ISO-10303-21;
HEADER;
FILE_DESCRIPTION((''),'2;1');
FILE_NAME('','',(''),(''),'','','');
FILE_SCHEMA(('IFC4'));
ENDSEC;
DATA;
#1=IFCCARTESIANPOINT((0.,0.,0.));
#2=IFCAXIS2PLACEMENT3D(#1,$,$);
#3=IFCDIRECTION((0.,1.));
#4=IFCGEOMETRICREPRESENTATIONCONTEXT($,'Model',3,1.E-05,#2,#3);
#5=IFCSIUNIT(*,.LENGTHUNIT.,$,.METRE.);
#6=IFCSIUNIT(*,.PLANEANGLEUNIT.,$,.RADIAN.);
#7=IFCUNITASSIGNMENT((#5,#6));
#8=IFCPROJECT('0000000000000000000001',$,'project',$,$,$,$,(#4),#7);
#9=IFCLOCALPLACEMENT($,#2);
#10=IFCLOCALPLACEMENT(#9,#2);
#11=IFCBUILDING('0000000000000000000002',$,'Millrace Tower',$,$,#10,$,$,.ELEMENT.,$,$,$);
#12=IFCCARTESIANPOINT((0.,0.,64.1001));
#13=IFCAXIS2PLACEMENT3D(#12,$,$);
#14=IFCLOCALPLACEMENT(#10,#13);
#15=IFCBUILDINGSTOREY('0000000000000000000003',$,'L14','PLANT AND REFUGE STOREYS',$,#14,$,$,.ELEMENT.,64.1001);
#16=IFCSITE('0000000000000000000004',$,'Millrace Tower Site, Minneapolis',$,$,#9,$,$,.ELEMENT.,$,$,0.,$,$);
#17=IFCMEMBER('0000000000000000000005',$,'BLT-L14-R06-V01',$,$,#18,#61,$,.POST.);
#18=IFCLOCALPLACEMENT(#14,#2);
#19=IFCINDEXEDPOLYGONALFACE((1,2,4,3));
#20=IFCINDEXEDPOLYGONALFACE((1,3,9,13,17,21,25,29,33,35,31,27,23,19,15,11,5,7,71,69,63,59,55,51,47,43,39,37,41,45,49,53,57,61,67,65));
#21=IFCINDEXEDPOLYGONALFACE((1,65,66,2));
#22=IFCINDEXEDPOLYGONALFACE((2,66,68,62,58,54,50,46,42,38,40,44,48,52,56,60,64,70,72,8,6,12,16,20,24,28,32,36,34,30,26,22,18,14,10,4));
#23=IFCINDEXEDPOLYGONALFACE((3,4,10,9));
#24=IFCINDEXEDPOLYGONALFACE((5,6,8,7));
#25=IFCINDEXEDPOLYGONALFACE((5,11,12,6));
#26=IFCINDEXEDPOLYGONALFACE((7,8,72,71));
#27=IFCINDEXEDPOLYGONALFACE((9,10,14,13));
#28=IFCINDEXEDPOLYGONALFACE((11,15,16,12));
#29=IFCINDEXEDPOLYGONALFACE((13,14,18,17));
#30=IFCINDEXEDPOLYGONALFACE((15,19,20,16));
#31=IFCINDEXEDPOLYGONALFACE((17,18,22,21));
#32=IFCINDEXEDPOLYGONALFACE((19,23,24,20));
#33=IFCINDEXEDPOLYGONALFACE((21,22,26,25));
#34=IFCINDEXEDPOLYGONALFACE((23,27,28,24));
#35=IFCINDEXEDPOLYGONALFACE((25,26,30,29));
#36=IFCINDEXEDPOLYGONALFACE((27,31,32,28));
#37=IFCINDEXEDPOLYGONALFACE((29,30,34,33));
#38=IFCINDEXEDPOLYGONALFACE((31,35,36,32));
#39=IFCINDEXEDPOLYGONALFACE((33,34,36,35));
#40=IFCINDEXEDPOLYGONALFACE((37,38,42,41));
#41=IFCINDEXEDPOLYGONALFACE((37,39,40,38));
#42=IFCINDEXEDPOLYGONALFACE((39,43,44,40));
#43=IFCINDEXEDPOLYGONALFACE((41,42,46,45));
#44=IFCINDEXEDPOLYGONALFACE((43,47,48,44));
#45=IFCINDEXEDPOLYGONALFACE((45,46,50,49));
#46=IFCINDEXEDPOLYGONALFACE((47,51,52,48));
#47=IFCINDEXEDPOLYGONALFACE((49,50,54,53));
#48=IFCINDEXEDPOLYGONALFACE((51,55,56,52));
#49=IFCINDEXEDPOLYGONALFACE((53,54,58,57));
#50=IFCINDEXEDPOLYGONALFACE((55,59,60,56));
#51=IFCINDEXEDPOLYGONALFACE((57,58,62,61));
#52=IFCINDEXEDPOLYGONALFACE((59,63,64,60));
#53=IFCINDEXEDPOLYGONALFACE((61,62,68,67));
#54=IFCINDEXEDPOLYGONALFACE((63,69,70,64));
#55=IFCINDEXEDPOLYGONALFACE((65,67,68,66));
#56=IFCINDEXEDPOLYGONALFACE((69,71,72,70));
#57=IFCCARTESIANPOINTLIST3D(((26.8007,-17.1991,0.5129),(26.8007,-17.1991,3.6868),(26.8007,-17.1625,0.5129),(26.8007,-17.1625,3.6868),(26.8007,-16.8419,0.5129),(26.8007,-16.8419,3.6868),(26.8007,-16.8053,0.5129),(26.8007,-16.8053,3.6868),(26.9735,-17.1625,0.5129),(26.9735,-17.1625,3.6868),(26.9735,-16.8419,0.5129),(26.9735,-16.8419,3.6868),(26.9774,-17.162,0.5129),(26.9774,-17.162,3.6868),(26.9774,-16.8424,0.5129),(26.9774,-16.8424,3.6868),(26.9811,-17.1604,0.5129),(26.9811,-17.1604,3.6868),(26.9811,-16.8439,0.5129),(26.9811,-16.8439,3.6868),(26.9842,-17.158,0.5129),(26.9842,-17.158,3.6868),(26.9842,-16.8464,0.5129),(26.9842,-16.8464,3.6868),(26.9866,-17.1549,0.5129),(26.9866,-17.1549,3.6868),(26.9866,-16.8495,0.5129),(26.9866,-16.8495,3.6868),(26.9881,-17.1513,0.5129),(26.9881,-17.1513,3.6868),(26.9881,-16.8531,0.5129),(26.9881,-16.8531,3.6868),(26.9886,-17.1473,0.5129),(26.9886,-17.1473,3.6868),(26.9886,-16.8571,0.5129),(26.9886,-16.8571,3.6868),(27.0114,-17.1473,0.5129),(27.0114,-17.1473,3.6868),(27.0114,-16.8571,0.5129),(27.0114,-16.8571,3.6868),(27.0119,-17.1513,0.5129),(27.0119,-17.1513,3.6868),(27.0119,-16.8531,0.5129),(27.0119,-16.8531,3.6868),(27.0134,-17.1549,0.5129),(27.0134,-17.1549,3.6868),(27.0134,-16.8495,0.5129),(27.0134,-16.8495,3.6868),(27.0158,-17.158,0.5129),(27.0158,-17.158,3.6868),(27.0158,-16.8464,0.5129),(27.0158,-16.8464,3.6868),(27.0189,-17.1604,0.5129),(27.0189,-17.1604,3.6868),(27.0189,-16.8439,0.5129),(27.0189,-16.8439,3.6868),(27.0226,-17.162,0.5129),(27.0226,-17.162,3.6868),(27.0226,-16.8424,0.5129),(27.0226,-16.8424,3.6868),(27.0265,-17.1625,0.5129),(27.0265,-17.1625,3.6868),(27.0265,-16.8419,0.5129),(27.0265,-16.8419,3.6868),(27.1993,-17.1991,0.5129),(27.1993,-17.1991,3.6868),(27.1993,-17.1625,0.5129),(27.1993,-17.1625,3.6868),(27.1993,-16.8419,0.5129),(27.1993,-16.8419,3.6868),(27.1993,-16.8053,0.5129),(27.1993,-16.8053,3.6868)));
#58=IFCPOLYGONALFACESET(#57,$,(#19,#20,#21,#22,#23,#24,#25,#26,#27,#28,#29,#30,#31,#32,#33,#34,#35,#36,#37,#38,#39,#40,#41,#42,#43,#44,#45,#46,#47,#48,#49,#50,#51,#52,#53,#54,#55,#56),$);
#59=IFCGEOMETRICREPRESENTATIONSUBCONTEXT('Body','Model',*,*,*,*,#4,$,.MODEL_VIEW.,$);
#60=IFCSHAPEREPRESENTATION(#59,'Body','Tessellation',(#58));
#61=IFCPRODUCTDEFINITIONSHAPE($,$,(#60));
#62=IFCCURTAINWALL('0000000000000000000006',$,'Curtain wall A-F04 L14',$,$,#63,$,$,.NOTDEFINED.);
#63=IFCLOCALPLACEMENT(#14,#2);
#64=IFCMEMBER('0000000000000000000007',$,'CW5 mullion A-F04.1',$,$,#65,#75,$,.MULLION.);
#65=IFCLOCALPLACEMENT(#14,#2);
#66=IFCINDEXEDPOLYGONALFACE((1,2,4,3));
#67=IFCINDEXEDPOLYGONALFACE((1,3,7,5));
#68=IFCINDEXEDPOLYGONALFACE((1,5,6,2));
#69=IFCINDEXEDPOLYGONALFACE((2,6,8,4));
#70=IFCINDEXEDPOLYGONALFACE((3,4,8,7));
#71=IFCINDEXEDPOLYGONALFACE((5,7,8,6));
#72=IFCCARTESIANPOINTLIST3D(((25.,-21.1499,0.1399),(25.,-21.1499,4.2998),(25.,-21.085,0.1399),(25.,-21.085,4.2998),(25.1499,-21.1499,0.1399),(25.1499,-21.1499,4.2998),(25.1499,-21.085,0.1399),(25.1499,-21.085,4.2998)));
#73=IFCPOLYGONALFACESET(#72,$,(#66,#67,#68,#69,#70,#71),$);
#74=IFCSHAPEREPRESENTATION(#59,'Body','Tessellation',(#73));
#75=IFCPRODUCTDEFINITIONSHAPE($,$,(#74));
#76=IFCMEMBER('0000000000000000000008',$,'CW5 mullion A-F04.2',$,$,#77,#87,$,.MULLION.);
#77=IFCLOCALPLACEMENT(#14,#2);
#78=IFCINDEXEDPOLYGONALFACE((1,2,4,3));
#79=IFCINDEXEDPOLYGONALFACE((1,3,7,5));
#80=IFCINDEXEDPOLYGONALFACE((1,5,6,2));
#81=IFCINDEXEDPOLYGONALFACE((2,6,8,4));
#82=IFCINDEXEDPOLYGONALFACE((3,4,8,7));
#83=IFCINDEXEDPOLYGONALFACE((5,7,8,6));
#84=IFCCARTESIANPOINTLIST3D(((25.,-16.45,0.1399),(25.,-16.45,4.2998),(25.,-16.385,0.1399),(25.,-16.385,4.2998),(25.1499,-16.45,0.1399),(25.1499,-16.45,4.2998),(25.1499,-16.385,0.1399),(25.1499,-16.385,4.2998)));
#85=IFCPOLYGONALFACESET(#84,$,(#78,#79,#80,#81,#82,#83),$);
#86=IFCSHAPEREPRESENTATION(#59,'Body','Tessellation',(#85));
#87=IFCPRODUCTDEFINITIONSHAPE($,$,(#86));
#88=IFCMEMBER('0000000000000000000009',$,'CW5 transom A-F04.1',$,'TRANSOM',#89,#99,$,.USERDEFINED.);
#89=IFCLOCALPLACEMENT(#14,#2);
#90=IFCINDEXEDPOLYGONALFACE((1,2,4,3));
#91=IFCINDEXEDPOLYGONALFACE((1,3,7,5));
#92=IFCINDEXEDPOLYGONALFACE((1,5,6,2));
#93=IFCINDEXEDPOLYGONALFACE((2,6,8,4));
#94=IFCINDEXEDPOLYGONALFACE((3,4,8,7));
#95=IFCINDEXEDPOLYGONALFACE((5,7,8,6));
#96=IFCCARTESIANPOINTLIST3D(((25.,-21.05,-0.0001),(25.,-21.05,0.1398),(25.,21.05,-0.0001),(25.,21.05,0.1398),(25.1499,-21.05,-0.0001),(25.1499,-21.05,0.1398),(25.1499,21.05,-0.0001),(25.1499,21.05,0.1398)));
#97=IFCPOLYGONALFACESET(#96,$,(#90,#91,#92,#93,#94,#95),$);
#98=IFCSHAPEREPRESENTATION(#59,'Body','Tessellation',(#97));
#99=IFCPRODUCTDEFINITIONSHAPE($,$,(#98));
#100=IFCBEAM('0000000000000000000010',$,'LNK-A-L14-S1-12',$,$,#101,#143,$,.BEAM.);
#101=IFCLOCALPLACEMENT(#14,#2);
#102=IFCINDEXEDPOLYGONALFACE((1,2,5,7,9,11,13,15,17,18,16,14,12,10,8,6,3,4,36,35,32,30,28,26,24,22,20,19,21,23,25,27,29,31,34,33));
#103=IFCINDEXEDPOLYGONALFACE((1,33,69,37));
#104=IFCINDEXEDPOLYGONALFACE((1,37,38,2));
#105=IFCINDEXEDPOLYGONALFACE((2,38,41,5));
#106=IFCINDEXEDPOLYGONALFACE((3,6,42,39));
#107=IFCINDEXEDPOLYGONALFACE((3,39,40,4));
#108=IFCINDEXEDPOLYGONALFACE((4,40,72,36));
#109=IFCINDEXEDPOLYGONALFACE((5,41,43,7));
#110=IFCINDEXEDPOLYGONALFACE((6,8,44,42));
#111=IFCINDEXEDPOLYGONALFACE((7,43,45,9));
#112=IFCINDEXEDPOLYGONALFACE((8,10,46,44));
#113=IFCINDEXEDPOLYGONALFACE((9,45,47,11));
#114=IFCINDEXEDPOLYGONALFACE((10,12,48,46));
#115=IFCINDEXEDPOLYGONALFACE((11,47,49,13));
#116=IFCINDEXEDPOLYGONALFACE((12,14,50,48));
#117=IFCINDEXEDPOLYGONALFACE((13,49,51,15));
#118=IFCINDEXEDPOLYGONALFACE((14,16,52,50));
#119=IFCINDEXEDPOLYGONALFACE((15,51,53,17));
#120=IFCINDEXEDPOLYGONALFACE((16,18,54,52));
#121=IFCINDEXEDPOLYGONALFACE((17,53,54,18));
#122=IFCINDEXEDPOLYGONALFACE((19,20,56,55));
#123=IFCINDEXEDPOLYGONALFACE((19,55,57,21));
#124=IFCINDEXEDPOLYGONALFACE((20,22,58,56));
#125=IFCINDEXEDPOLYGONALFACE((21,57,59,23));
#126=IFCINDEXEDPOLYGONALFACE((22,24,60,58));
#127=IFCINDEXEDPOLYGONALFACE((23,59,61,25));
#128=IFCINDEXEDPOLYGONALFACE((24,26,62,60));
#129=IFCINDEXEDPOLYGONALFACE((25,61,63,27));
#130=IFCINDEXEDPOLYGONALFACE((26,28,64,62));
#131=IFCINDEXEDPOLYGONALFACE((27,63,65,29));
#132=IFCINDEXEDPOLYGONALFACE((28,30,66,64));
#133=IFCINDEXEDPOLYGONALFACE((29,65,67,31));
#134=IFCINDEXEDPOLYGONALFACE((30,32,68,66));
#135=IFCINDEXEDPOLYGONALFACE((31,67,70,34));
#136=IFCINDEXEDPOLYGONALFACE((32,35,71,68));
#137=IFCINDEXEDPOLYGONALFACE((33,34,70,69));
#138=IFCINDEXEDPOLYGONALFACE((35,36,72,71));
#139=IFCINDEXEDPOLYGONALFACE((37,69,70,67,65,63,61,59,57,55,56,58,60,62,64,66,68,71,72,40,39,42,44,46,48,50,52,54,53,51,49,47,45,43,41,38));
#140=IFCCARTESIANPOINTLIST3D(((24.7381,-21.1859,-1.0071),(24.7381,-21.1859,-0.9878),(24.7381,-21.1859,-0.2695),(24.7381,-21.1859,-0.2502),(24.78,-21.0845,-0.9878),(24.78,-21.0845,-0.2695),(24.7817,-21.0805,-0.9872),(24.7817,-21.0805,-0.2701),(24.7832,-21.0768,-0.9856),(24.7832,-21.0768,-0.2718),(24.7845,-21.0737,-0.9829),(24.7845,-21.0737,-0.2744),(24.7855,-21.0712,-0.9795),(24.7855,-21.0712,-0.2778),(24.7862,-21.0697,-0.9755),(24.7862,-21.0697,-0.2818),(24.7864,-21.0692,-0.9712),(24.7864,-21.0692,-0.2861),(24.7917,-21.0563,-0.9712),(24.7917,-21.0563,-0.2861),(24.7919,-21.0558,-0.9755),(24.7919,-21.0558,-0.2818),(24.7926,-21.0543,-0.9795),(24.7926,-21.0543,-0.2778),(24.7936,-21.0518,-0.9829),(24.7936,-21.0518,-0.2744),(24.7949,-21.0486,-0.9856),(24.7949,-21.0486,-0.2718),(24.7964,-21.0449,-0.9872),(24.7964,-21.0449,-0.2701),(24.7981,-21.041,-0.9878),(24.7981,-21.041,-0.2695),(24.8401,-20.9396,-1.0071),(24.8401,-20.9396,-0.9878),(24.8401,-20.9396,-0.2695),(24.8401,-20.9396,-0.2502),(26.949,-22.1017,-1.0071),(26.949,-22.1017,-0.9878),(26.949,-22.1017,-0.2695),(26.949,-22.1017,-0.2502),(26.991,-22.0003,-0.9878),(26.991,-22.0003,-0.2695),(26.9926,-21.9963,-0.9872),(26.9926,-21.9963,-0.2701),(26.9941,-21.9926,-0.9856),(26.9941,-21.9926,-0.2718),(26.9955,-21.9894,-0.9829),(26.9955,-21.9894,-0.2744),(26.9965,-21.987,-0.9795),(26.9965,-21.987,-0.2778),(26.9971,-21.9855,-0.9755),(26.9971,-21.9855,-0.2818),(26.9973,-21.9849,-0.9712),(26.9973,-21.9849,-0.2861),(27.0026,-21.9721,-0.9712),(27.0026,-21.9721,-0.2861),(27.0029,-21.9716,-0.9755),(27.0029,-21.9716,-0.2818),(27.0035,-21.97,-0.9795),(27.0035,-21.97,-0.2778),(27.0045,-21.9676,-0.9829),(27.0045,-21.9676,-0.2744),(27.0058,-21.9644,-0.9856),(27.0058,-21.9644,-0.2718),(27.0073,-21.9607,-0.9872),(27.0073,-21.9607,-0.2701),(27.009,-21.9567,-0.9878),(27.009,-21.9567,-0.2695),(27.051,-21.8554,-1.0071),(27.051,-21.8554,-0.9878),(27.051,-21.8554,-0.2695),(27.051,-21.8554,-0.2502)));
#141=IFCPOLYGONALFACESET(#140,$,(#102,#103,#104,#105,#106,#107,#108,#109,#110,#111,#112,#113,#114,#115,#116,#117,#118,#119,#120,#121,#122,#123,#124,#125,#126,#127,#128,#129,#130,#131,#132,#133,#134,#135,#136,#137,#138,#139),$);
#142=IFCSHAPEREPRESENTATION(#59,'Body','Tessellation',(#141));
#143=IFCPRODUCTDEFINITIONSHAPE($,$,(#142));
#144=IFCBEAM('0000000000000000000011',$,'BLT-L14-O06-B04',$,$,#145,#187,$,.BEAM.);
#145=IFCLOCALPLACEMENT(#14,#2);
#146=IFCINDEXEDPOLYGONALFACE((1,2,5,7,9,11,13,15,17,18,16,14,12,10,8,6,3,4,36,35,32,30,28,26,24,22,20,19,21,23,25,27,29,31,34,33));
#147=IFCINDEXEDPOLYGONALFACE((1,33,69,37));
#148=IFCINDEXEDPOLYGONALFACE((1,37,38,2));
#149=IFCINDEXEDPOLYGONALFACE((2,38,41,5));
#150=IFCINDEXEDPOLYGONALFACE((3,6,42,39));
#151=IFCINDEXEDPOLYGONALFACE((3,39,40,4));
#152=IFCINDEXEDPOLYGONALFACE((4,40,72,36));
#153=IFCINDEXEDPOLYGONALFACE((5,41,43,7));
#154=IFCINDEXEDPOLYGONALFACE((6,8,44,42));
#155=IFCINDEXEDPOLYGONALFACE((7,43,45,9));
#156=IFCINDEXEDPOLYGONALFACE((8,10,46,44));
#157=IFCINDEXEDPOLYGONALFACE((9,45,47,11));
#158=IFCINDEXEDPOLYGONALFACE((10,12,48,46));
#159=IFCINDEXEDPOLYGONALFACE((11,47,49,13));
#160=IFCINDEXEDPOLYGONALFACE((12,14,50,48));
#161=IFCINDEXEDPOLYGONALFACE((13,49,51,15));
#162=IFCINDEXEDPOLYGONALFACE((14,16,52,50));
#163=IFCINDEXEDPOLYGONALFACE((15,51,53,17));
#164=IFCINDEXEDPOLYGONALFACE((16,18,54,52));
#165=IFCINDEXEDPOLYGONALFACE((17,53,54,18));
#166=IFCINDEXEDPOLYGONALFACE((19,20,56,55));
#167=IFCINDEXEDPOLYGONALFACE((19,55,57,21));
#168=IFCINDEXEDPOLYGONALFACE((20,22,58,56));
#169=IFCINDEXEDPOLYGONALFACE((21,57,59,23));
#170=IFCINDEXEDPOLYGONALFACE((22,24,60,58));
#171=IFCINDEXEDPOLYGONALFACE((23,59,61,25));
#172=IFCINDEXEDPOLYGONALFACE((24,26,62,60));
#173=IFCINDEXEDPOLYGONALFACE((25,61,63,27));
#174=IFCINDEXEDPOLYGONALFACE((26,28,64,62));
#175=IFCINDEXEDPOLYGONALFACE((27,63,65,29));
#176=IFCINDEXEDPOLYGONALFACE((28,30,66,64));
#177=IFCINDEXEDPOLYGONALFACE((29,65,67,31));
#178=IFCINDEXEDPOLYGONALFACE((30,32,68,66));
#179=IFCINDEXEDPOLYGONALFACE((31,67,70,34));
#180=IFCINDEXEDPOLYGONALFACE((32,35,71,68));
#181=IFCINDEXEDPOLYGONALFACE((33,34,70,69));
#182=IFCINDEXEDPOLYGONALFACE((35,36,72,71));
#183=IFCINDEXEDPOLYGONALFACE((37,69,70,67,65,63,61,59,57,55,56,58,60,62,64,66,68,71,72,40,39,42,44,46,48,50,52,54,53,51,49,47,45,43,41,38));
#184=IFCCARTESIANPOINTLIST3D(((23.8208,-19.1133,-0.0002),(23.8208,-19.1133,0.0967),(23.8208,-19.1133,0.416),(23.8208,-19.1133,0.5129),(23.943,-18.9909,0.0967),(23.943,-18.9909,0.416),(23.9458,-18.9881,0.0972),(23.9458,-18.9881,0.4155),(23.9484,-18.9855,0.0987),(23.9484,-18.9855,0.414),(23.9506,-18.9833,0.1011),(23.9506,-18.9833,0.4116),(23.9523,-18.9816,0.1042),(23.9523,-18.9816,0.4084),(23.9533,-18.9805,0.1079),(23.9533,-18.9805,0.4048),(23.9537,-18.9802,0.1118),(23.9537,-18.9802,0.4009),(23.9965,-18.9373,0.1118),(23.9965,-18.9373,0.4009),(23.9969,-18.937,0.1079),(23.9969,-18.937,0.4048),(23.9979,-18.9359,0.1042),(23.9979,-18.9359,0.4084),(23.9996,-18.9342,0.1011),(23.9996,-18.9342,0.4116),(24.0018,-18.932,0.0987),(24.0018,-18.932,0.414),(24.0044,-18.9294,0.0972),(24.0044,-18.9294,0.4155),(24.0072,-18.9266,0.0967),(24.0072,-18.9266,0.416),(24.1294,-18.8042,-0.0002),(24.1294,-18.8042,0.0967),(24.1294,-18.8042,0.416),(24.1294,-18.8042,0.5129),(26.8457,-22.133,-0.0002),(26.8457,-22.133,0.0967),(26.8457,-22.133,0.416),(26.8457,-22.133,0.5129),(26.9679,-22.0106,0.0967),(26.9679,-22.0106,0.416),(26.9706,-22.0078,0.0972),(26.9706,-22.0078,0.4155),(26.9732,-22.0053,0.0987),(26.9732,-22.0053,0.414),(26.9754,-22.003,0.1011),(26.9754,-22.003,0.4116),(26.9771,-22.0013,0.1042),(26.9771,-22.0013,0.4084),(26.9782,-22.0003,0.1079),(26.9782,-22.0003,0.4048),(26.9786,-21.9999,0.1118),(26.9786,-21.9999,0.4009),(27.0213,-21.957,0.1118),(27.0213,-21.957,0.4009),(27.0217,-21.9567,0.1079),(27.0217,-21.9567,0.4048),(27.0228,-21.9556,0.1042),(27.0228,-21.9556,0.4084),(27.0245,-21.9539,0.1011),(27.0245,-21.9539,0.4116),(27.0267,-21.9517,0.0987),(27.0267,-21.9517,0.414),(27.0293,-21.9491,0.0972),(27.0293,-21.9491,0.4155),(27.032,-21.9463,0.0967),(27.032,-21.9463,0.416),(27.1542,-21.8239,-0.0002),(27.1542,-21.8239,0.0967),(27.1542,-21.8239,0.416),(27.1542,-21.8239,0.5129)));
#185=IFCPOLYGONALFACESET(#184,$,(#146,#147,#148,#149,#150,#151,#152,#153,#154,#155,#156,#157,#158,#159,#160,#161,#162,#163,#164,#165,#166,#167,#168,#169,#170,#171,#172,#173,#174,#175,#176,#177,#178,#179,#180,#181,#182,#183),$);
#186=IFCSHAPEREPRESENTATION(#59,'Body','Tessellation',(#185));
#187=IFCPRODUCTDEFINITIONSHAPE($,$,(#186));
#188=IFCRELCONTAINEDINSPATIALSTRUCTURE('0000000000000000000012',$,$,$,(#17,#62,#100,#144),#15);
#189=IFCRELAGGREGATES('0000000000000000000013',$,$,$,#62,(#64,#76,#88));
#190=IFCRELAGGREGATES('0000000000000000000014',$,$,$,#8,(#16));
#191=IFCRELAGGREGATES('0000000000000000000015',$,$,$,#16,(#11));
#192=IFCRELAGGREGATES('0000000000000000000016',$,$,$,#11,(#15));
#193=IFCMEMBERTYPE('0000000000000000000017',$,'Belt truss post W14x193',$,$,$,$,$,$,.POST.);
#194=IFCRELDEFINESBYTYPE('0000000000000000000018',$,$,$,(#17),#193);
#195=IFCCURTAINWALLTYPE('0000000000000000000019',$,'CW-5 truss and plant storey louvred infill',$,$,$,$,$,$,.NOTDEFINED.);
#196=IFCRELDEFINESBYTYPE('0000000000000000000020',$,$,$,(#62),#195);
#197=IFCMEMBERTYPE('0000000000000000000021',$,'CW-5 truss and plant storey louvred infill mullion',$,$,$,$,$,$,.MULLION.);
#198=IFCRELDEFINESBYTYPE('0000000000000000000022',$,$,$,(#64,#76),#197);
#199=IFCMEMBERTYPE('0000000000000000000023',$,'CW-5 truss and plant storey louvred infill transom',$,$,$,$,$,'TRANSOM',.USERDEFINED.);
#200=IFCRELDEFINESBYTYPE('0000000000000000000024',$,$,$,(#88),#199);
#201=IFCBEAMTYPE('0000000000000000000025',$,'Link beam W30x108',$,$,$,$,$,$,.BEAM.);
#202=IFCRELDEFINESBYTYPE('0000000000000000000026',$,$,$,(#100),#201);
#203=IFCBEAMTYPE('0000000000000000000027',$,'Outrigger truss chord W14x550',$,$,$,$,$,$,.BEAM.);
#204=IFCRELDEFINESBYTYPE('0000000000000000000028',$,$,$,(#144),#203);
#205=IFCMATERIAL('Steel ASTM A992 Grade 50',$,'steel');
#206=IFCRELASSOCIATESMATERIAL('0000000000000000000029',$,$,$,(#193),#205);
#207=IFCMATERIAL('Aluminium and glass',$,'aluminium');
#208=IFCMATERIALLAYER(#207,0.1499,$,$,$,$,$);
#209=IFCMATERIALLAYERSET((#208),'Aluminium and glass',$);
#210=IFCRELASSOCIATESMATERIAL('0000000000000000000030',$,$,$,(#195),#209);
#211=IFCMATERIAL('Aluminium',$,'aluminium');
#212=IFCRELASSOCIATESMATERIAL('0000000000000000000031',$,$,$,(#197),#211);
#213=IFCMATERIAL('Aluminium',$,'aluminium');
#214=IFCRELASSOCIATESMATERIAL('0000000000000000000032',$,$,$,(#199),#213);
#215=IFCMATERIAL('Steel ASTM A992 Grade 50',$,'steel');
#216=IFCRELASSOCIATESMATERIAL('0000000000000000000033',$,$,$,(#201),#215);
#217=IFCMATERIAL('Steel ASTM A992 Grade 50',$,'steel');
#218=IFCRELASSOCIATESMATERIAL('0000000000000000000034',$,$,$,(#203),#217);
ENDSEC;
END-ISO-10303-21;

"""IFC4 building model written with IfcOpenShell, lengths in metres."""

from ifc_helpers import new_model, si_unit, direction, frame, origin, origin_2d, place, context, subcontext, project, spatial, rectangle, i_section, extrude, material, layer, layer_set, material_profile, profile_set, type_object, element, aggregate, save


model = new_model("IFC4")

# Units and contexts
model_context = context("Model", 3, precision=1e-05, world=origin(), true_north=direction((0.0, 1.0)))
body_context = subcontext(model_context, "Body", "Model", "MODEL_VIEW")
ifc_project = project(units=[si_unit("LENGTHUNIT", "METRE"), si_unit("PLANEANGLEUNIT", "RADIAN")], contexts=[model_context])

# Site, building, storey
site_placement = place(None, origin())
site = spatial("IfcSite", under=ifc_project, at=site_placement, Name="Millrace Tower Site, Minneapolis", CompositionType="ELEMENT", RefElevation=0.0)
building_placement = place(site_placement, origin())
building = spatial("IfcBuilding", under=site, at=building_placement, Name="Millrace Tower", CompositionType="ELEMENT")
storey_placement = place(building_placement, frame((0.0, 0.0, 64.1001)))
storey = spatial("IfcBuildingStorey", under=building, at=storey_placement, Name="L14", Description="PLANT AND REFUGE STOREYS", CompositionType="ELEMENT", Elevation=64.1001)

# Member
ifc_material_1 = material(Name="Steel ASTM A992 Grade 50", Category="steel")
ifc_material_profile_1 = material_profile(ifc_material_1, i_section(OverallWidth=0.3987, OverallDepth=0.3938, WebThickness=0.0227, FlangeThickness=0.0366, FilletRadius=0.0151, at=origin_2d()))
ifc_profile_set_1 = profile_set([ifc_material_profile_1], Name="Steel ASTM A992 Grade 50")
member_type_1 = type_object("IfcMemberType", Name="Belt truss post W14x193", PredefinedType="POST", material=ifc_profile_set_1)
for number, where, z_axis, x_axis, name in (
    (1, (27.0, -17.0022, 0.5129), (0.0, 0.0, 1.0), (1.0, 0.0, 0.0), "BLT-L14-R06-V01"),
):
    element("IfcMember", number, at=place(storey_placement, frame(where, z_axis=z_axis, x_axis=x_axis)), inside=storey, type_object=member_type_1, Name=name, PredefinedType="POST", context=body_context, shape_type="SweptSolid", body=[
        extrude(i_section(OverallWidth=0.3987, OverallDepth=0.3938, WebThickness=0.0227, FlangeThickness=0.0366, FilletRadius=0.0151, at=origin_2d()), origin(), (0.0, 0.0, 1.0), 3.1738),
    ])

# Curtain wall, members
ifc_material_2 = material(Name="Aluminium and glass", Category="aluminium")
ifc_layer_1 = layer(ifc_material_2, 0.1499)
ifc_layer_set_1 = layer_set([ifc_layer_1], Name="Aluminium and glass")
curtain_wall_type = type_object("IfcCurtainWallType", Name="CW-5 truss and plant storey louvred infill", PredefinedType="NOTDEFINED", material=ifc_layer_set_1)
curtain_wall_placement = place(storey_placement, origin())
curtain_wall = element("IfcCurtainWall", 2, at=curtain_wall_placement, inside=storey, type_object=curtain_wall_type, Name="Curtain wall A-F04 L14", PredefinedType="NOTDEFINED")
ifc_material_3 = material(Name="Aluminium", Category="aluminium")
ifc_material_profile_2 = material_profile(ifc_material_3, rectangle(XDim=0.0649, YDim=0.1499, at=origin_2d()))
ifc_profile_set_2 = profile_set([ifc_material_profile_2], Name="Aluminium")
member_type_2 = type_object("IfcMemberType", Name="CW-5 truss and plant storey louvred infill mullion", PredefinedType="MULLION", material=ifc_profile_set_2)
member_1_placement = place(storey_placement, frame((25.075, -21.1174, 0.1399), z_axis=(0.0, 0.0, 1.0), x_axis=(0.0, 1.0, 0.0)))
member_1 = element("IfcMember", 3, at=member_1_placement, type_object=member_type_2, Name="CW5 mullion A-F04.1", PredefinedType="MULLION", context=body_context, shape_type="SweptSolid", body=[
    extrude(rectangle(XDim=0.0649, YDim=0.1499, at=origin_2d()), origin(), (0.0, 0.0, 1.0), 4.1599),
])
member_2_placement = place(storey_placement, frame((25.075, -16.4175, 0.1399), z_axis=(0.0, 0.0, 1.0), x_axis=(0.0, 1.0, 0.0)))
member_2 = element("IfcMember", 4, at=member_2_placement, type_object=member_type_2, Name="CW5 mullion A-F04.2", PredefinedType="MULLION", context=body_context, shape_type="SweptSolid", body=[
    extrude(rectangle(XDim=0.0649, YDim=0.1499, at=origin_2d()), origin(), (0.0, 0.0, 1.0), 4.1599),
])
ifc_material_4 = material(Name="Aluminium", Category="aluminium")
ifc_material_profile_3 = material_profile(ifc_material_4, rectangle(XDim=0.1499, YDim=0.1399, at=origin_2d()))
ifc_profile_set_3 = profile_set([ifc_material_profile_3], Name="Aluminium")
member_type_3 = type_object("IfcMemberType", Name="CW-5 truss and plant storey louvred infill transom", ElementType="TRANSOM", PredefinedType="USERDEFINED", material=ifc_profile_set_3)
member_3_placement = place(storey_placement, frame((25.075, -21.05, 0.0698), z_axis=(0.0, 1.0, 0.0), x_axis=(-1.0, 0.0, 0.0)))
member_3 = element("IfcMember", 5, at=member_3_placement, type_object=member_type_3, Name="CW5 transom A-F04.1", ObjectType="TRANSOM", PredefinedType="USERDEFINED", context=body_context, shape_type="SweptSolid", body=[
    extrude(rectangle(XDim=0.1499, YDim=0.1399, at=origin_2d()), origin(), (0.0, 0.0, 1.0), 42.1001),
])
aggregate(curtain_wall, [member_1, member_2, member_3])

# Beams
ifc_material_5 = material(Name="Steel ASTM A992 Grade 50", Category="steel")
ifc_material_profile_4 = material_profile(ifc_material_5, i_section(OverallWidth=0.2666, OverallDepth=0.7568, WebThickness=0.0139, FlangeThickness=0.0193, FilletRadius=0.0166, at=origin_2d()))
ifc_profile_set_4 = profile_set([ifc_material_profile_4], Name="Steel ASTM A992 Grade 50")
beam_type_1 = type_object("IfcBeamType", Name="Link beam W30x108", PredefinedType="BEAM", material=ifc_profile_set_4)
beam_1_placement = place(storey_placement, frame((24.7891, -21.0627, -0.6287), z_axis=(0.923884, -0.382673, 0.0), x_axis=(0.382673, 0.923884, 0.0)))
element("IfcBeam", 6, at=beam_1_placement, inside=storey, type_object=beam_type_1, Name="LNK-A-L14-S1-12", PredefinedType="BEAM", context=body_context, shape_type="SweptSolid", body=[
    extrude(i_section(OverallWidth=0.2666, OverallDepth=0.7568, WebThickness=0.0139, FlangeThickness=0.0193, FilletRadius=0.0166, at=origin_2d()), origin(), (0.0, 0.0, 1.0), 2.3931),
])
ifc_material_6 = material(Name="Steel ASTM A992 Grade 50", Category="steel")
ifc_material_profile_5 = material_profile(ifc_material_6, i_section(OverallWidth=0.4368, OverallDepth=0.5132, WebThickness=0.0605, FlangeThickness=0.0969, FilletRadius=0.0151, at=origin_2d()))
ifc_profile_set_5 = profile_set([ifc_material_profile_5], Name="Steel ASTM A992 Grade 50")
beam_type_2 = type_object("IfcBeamType", Name="Outrigger truss chord W14x550", PredefinedType="BEAM", material=ifc_profile_set_5)
for number, where, z_axis, x_axis, name in (
    (7, (23.9751, -18.9587, 0.2563), (0.707706, -0.706507, 0.0), (0.706507, 0.707706, 0.0), "BLT-L14-O06-B04"),
):
    element("IfcBeam", number, at=place(storey_placement, frame(where, z_axis=z_axis, x_axis=x_axis)), inside=storey, type_object=beam_type_2, Name=name, PredefinedType="BEAM", context=body_context, shape_type="SweptSolid", body=[
        extrude(i_section(OverallWidth=0.4368, OverallDepth=0.5132, WebThickness=0.0605, FlangeThickness=0.0969, FilletRadius=0.0151, at=origin_2d()), origin(), (0.0, 0.0, 1.0), 4.2742),
    ])

save(model, "model.ifc")
